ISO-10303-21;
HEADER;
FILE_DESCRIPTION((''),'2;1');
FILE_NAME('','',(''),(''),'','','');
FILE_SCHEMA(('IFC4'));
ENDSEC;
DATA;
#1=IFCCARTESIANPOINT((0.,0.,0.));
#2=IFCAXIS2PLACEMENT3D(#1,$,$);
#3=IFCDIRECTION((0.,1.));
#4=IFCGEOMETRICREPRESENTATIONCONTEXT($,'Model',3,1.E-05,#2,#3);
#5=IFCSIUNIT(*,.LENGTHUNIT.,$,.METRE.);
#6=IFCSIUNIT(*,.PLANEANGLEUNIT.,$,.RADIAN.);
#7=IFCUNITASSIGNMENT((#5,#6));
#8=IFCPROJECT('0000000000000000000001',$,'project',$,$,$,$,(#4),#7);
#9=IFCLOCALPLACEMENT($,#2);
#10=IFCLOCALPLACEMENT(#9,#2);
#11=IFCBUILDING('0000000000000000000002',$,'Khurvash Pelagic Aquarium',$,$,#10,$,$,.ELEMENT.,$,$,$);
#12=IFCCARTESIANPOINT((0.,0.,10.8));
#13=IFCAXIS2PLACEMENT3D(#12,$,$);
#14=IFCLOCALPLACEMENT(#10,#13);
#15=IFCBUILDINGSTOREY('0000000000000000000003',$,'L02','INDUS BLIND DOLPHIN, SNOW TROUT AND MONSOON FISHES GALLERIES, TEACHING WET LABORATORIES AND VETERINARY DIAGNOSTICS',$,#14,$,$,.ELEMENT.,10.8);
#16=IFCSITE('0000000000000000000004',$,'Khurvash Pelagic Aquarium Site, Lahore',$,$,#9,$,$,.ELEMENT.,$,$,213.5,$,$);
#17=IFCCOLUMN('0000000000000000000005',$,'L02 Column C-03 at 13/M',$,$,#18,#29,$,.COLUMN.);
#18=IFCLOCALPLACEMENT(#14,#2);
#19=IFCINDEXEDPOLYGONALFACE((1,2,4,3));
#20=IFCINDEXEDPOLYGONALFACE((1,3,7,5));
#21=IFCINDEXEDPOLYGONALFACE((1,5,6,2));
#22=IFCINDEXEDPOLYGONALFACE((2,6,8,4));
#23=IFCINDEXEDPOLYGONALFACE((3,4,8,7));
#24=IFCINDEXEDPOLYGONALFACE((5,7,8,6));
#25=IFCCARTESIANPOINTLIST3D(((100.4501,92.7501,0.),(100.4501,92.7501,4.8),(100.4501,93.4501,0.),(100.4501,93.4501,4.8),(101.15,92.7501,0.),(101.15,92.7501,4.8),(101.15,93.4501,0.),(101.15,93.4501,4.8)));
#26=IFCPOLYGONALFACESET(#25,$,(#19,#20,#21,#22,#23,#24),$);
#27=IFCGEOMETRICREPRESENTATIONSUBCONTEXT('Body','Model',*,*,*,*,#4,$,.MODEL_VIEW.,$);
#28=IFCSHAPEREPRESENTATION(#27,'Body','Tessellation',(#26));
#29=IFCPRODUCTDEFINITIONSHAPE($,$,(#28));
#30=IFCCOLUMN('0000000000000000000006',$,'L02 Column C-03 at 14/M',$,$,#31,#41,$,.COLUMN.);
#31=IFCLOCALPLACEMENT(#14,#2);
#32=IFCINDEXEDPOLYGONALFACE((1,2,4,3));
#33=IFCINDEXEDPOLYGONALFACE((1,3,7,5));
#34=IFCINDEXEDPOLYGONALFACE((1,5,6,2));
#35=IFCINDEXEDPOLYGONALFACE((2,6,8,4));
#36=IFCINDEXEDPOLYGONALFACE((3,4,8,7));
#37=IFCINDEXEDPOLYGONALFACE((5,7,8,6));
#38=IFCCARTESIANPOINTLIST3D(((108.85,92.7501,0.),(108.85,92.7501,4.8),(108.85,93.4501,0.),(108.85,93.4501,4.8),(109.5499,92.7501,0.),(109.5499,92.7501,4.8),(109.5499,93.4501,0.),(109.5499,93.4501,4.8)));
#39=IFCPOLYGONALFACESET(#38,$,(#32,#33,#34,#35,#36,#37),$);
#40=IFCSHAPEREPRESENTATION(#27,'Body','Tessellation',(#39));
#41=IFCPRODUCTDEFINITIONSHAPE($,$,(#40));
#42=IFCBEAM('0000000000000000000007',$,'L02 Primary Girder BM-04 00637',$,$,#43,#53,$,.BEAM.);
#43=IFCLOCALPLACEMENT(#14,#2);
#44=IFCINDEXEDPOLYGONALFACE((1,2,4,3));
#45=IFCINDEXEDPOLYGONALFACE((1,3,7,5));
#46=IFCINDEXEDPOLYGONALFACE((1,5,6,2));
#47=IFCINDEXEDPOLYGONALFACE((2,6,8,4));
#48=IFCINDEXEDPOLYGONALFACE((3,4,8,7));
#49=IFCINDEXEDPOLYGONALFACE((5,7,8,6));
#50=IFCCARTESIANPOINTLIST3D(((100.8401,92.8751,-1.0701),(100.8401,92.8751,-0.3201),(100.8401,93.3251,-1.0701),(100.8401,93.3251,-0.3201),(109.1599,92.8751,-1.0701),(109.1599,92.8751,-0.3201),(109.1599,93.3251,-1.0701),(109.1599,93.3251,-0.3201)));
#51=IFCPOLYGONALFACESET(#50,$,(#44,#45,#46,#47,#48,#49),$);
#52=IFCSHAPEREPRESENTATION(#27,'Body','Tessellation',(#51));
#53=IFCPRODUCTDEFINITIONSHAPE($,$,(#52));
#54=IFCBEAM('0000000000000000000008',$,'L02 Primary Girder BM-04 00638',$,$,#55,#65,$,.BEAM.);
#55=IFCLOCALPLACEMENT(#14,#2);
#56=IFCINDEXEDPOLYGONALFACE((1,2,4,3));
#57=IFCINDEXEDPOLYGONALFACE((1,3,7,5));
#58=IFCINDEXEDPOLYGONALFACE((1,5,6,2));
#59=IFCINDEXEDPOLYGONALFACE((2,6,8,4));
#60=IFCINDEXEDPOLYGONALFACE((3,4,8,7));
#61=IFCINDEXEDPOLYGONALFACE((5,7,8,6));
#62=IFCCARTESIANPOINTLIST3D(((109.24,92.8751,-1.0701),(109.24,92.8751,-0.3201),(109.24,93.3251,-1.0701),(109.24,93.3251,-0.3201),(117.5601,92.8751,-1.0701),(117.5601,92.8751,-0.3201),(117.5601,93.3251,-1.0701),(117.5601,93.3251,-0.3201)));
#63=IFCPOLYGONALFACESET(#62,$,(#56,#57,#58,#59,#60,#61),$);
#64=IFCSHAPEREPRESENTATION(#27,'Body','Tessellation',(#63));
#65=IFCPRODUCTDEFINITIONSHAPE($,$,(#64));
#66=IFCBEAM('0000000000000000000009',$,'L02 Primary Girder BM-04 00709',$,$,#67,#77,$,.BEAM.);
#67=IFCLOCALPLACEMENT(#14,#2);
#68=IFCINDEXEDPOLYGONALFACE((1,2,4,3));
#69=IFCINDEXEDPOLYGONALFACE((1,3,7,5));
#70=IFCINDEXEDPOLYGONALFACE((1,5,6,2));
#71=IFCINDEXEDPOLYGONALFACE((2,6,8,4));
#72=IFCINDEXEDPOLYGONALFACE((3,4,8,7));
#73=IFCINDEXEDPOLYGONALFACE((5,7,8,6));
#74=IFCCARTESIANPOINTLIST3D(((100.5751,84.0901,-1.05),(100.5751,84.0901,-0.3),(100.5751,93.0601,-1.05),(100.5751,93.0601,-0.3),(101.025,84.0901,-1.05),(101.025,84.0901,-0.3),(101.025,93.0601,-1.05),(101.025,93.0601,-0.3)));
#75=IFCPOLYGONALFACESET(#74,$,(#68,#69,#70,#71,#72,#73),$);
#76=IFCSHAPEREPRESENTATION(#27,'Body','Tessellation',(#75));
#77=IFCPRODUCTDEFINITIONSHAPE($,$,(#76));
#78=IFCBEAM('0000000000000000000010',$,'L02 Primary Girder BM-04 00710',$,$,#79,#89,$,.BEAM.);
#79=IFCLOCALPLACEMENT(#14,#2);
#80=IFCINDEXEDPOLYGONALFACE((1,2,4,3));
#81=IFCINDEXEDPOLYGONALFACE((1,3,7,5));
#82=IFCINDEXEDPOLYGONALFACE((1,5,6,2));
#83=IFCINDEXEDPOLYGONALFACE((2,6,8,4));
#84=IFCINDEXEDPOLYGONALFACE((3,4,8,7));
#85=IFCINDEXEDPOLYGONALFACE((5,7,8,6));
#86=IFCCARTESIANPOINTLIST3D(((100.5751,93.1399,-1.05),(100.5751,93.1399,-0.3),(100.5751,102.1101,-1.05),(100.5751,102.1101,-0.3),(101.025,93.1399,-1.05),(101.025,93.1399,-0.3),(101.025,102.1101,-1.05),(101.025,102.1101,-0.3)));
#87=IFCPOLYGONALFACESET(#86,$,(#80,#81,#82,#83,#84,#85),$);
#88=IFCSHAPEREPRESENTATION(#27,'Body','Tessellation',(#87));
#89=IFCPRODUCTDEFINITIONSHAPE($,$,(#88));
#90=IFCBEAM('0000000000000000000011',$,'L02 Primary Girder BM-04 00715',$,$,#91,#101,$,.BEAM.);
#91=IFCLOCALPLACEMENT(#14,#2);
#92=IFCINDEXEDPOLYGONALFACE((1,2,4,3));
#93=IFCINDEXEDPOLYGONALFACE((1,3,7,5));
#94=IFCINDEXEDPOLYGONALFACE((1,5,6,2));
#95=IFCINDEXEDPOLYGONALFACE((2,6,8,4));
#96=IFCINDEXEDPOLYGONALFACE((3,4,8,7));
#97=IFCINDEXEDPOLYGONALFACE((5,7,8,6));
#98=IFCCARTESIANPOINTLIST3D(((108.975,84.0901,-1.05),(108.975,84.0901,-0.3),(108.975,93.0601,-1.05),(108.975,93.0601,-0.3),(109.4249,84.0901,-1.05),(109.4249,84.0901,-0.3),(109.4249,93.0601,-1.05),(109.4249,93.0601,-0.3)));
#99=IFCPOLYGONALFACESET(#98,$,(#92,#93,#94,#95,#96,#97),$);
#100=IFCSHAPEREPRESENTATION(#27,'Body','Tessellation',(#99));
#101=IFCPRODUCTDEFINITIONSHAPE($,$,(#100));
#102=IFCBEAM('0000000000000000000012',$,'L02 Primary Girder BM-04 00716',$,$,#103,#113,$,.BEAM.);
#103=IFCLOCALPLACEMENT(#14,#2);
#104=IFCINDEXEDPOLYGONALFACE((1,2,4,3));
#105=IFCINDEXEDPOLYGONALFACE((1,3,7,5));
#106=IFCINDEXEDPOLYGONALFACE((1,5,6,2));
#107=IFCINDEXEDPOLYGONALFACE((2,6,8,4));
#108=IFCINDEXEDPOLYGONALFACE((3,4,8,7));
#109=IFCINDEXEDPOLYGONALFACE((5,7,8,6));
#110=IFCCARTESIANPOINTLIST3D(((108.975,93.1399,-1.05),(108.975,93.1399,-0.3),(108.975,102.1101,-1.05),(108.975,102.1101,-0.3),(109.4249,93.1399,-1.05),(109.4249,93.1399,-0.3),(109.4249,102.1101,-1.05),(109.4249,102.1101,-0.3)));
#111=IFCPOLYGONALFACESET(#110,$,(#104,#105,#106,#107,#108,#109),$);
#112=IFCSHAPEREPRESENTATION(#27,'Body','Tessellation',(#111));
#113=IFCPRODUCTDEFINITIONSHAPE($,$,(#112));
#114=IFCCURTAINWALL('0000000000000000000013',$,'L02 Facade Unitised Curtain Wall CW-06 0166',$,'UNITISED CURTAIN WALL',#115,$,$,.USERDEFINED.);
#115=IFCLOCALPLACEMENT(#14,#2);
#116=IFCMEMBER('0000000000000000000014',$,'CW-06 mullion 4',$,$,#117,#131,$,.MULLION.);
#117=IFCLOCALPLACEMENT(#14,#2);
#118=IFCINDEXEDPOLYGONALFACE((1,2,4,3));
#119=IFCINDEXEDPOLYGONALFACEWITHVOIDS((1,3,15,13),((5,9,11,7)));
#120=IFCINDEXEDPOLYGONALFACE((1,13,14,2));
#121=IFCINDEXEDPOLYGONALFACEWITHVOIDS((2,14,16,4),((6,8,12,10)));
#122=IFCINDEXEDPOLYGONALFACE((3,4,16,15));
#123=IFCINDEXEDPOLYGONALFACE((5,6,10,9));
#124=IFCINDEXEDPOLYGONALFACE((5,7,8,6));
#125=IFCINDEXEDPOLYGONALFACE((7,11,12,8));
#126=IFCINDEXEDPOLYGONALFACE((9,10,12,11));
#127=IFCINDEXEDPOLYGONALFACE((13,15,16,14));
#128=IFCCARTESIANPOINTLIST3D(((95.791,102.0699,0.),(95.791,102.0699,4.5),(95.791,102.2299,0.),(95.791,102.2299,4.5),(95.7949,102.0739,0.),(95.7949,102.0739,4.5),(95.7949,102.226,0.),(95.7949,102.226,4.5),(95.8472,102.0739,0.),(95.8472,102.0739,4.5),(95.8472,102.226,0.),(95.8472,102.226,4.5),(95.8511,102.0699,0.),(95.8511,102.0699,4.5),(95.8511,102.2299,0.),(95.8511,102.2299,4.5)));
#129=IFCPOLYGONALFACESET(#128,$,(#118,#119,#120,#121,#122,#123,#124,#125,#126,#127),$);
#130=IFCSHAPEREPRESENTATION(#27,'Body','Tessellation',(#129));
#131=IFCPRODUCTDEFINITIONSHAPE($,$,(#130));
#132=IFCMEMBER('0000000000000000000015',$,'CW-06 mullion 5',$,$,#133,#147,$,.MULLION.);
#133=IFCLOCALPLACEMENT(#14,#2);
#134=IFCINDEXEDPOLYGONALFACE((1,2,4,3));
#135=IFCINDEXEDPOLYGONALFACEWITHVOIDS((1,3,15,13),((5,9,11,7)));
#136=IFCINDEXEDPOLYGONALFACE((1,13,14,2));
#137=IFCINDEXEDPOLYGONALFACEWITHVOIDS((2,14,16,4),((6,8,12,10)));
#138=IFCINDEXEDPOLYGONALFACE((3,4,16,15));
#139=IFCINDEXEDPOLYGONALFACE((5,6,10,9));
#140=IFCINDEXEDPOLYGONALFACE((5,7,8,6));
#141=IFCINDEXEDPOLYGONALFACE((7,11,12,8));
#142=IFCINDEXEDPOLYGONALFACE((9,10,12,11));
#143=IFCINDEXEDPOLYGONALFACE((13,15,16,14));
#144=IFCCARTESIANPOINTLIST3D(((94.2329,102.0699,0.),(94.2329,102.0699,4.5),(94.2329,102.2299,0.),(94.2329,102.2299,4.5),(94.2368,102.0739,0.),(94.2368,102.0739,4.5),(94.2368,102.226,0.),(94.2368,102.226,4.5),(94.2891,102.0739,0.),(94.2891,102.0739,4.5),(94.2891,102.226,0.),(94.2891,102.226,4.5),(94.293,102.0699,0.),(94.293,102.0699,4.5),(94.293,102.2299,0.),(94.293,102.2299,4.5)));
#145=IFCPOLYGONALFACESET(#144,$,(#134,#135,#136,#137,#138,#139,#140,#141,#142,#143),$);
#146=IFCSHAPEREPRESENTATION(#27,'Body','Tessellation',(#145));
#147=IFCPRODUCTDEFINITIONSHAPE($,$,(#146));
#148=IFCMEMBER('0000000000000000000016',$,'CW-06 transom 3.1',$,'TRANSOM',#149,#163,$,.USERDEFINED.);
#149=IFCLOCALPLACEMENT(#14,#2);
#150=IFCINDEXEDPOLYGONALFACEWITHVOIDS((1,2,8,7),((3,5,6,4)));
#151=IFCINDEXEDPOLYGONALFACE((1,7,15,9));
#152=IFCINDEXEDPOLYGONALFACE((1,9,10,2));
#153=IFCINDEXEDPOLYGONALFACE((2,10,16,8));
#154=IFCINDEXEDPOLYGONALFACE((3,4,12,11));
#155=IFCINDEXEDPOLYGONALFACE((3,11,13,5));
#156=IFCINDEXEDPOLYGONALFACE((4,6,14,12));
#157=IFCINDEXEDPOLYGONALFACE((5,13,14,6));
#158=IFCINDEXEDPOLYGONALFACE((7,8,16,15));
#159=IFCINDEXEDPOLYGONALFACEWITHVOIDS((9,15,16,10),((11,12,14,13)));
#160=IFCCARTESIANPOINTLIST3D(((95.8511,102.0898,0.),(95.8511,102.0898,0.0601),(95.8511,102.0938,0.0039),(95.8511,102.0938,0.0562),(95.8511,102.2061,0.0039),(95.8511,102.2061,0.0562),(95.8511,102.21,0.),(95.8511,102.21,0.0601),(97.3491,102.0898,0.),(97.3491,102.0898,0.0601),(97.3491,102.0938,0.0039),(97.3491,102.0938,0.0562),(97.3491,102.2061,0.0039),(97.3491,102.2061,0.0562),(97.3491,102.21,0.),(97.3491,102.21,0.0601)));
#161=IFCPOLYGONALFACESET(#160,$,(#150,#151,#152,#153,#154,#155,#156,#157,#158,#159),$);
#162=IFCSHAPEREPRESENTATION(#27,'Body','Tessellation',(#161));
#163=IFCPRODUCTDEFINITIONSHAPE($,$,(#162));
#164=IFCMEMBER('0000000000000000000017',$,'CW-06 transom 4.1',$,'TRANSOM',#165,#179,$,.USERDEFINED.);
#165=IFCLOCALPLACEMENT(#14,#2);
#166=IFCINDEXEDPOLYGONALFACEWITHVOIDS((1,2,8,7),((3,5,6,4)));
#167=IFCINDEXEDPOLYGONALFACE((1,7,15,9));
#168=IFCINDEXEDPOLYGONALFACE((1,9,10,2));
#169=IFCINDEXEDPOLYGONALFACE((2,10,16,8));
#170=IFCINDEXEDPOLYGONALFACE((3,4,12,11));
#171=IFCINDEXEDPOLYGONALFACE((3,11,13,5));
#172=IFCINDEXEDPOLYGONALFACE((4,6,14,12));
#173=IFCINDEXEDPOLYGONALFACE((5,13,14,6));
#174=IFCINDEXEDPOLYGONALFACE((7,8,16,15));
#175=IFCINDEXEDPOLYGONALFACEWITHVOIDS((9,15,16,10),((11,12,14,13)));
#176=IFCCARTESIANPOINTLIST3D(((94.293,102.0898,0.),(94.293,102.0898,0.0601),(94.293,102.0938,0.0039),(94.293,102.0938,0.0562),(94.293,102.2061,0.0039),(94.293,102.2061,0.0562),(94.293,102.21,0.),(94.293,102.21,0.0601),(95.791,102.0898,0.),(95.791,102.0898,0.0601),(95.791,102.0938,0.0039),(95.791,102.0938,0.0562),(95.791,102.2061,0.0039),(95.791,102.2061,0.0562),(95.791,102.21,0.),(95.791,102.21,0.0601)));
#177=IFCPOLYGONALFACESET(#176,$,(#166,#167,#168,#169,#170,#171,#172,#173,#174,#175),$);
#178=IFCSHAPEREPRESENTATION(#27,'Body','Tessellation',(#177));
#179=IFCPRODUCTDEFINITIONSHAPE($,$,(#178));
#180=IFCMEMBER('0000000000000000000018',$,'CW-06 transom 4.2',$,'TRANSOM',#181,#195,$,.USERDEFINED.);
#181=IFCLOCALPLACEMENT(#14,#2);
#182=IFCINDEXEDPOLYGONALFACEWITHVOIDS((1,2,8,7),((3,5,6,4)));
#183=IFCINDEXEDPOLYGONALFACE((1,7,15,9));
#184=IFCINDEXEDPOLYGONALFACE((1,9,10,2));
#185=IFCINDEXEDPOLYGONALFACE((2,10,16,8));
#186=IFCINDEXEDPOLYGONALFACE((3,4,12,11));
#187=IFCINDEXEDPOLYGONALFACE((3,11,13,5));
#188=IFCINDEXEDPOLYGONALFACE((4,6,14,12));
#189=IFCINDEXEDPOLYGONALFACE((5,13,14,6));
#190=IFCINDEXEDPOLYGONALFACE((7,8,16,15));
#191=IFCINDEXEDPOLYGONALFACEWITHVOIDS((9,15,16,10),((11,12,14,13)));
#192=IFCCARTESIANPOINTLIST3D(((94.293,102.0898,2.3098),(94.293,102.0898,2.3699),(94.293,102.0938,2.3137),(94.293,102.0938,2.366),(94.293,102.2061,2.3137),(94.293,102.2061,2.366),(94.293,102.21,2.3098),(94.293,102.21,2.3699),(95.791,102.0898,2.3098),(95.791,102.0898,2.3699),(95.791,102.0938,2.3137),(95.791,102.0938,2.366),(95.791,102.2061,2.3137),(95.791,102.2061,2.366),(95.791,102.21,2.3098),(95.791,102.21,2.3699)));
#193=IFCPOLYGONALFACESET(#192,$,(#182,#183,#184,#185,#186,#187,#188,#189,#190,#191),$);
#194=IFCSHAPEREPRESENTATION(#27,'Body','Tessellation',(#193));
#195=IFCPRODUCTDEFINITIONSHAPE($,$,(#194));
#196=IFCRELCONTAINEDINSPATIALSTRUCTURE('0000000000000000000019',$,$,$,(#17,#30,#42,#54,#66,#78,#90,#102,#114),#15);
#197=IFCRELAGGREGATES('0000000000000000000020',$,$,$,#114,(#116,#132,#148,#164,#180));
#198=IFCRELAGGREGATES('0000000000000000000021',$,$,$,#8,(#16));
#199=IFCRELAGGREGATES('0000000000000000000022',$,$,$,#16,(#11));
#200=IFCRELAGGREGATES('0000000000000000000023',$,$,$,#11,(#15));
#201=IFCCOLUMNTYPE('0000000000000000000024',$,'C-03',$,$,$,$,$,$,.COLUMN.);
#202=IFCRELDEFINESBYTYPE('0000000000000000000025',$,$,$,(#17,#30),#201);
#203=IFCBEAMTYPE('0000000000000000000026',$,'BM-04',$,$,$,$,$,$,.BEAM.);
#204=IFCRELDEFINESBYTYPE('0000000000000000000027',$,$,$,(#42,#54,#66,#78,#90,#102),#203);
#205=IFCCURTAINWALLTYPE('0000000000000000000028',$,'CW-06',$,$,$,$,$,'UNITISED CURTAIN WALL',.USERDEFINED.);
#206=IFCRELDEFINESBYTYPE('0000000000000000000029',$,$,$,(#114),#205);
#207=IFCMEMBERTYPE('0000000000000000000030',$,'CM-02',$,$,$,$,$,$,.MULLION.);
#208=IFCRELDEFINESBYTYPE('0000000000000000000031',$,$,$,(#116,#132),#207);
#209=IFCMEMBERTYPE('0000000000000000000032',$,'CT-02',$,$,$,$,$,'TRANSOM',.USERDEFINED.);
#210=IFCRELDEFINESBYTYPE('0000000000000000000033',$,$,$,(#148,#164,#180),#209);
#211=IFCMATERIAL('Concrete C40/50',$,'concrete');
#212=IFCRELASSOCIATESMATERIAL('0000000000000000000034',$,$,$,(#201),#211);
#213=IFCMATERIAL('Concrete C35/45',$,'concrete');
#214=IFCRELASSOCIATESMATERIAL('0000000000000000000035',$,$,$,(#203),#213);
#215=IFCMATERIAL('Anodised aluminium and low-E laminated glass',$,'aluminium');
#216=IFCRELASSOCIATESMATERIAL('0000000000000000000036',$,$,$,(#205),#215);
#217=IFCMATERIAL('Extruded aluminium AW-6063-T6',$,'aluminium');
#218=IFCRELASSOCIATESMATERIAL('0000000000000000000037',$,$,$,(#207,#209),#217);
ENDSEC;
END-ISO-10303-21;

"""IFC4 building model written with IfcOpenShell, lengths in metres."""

from ifc_helpers import new_model, si_unit, direction, frame, origin, origin_2d, place, context, subcontext, project, spatial, rectangle, hollow_rectangle, extrude, material, material_profile, profile_set, type_object, element, aggregate, save


model = new_model("IFC4")

# Units and contexts
model_context = context("Model", 3, precision=1e-05, world=origin(), true_north=direction((0.0, 1.0)))
body_context = subcontext(model_context, "Body", "Model", "MODEL_VIEW")
ifc_project = project(units=[si_unit("LENGTHUNIT", "METRE"), si_unit("PLANEANGLEUNIT", "RADIAN")], contexts=[model_context])

# Site, building, storey
site_placement = place(None, origin())
site = spatial("IfcSite", under=ifc_project, at=site_placement, Name="Khurvash Pelagic Aquarium Site, Lahore", CompositionType="ELEMENT", RefElevation=213.5)
building_placement = place(site_placement, origin())
building = spatial("IfcBuilding", under=site, at=building_placement, Name="Khurvash Pelagic Aquarium", CompositionType="ELEMENT")
storey_placement = place(building_placement, frame((0.0, 0.0, 10.8)))
storey = spatial("IfcBuildingStorey", under=building, at=storey_placement, Name="L02", Description="INDUS BLIND DOLPHIN, SNOW TROUT AND MONSOON FISHES GALLERIES, TEACHING WET LABORATORIES AND VETERINARY DIAGNOSTICS", CompositionType="ELEMENT", Elevation=10.8)

# Columns
ifc_material_1 = material(Name="Concrete C40/50", Category="concrete")
ifc_material_profile_1 = material_profile(ifc_material_1, rectangle(XDim=0.7, YDim=0.7, at=origin_2d()), Name="RC700X700")
ifc_profile_set_1 = profile_set([ifc_material_profile_1], Name="Concrete C40/50")
column_type = type_object("IfcColumnType", Name="C-03", PredefinedType="COLUMN", material=ifc_profile_set_1)
for number, where, z_axis, x_axis, name in (
    (1, (100.8, 93.1001, 0.0), (0.0, 0.0, 1.0), (1.0, 0.0, 0.0), "L02 Column C-03 at 13/M"),
    (2, (109.2, 93.1001, 0.0), (0.0, 0.0, 1.0), (1.0, 0.0, 0.0), "L02 Column C-03 at 14/M"),
):
    element("IfcColumn", number, at=place(storey_placement, frame(where, z_axis=z_axis, x_axis=x_axis)), inside=storey, type_object=column_type, Name=name, PredefinedType="COLUMN", context=body_context, shape_type="SweptSolid", body=[
        extrude(rectangle(XDim=0.7, YDim=0.7, at=origin_2d()), origin(), (0.0, 0.0, 1.0), 4.8),
    ])

# Beams
ifc_material_2 = material(Name="Concrete C35/45", Category="concrete")
ifc_material_profile_2 = material_profile(ifc_material_2, rectangle(XDim=0.45, YDim=0.75, at=origin_2d()), Name="RC450X750")
ifc_profile_set_2 = profile_set([ifc_material_profile_2], Name="Concrete C35/45")
beam_type_1 = type_object("IfcBeamType", Name="BM-04", PredefinedType="BEAM", material=ifc_profile_set_2)
beam_1_placement = place(storey_placement, frame((100.8401, 93.1001, -0.6951), z_axis=(1.0, 0.0, 0.0), x_axis=(0.0, 1.0, 0.0)))
element("IfcBeam", 3, at=beam_1_placement, inside=storey, type_object=beam_type_1, Name="L02 Primary Girder BM-04 00637", PredefinedType="BEAM", context=body_context, shape_type="SweptSolid", body=[
    extrude(rectangle(XDim=0.45, YDim=0.75, at=origin_2d()), origin(), (0.0, 0.0, 1.0), 8.3198),
])
beam_2_placement = place(storey_placement, frame((109.24, 93.1001, -0.6951), z_axis=(1.0, 0.0, 0.0), x_axis=(0.0, 1.0, 0.0)))
element("IfcBeam", 4, at=beam_2_placement, inside=storey, type_object=beam_type_1, Name="L02 Primary Girder BM-04 00638", PredefinedType="BEAM", context=body_context, shape_type="SweptSolid", body=[
    extrude(rectangle(XDim=0.45, YDim=0.75, at=origin_2d()), origin(), (0.0, 0.0, 1.0), 8.3201),
])
beam_3_placement = place(storey_placement, frame((100.8, 84.0901, -0.675), z_axis=(0.0, 1.0, 0.0), x_axis=(-1.0, 0.0, 0.0)))
element("IfcBeam", 5, at=beam_3_placement, inside=storey, type_object=beam_type_1, Name="L02 Primary Girder BM-04 00709", PredefinedType="BEAM", context=body_context, shape_type="SweptSolid", body=[
    extrude(rectangle(XDim=0.45, YDim=0.75, at=origin_2d()), origin(), (0.0, 0.0, 1.0), 8.97),
])
beam_4_placement = place(storey_placement, frame((100.8, 93.1399, -0.675), z_axis=(0.0, 1.0, 0.0), x_axis=(-1.0, 0.0, 0.0)))
element("IfcBeam", 6, at=beam_4_placement, inside=storey, type_object=beam_type_1, Name="L02 Primary Girder BM-04 00710", PredefinedType="BEAM", context=body_context, shape_type="SweptSolid", body=[
    extrude(rectangle(XDim=0.45, YDim=0.75, at=origin_2d()), origin(), (0.0, 0.0, 1.0), 8.9702),
])
beam_5_placement = place(storey_placement, frame((109.2, 84.0901, -0.675), z_axis=(0.0, 1.0, 0.0), x_axis=(-1.0, 0.0, 0.0)))
element("IfcBeam", 7, at=beam_5_placement, inside=storey, type_object=beam_type_1, Name="L02 Primary Girder BM-04 00715", PredefinedType="BEAM", context=body_context, shape_type="SweptSolid", body=[
    extrude(rectangle(XDim=0.45, YDim=0.75, at=origin_2d()), origin(), (0.0, 0.0, 1.0), 8.97),
])
beam_6_placement = place(storey_placement, frame((109.2, 93.1399, -0.675), z_axis=(0.0, 1.0, 0.0), x_axis=(-1.0, 0.0, 0.0)))
element("IfcBeam", 8, at=beam_6_placement, inside=storey, type_object=beam_type_1, Name="L02 Primary Girder BM-04 00716", PredefinedType="BEAM", context=body_context, shape_type="SweptSolid", body=[
    extrude(rectangle(XDim=0.45, YDim=0.75, at=origin_2d()), origin(), (0.0, 0.0, 1.0), 8.9702),
])

# Curtain wall, members
ifc_material_3 = material(Name="Anodised aluminium and low-E laminated glass", Category="aluminium")
curtain_wall_type = type_object("IfcCurtainWallType", Name="CW-06", ElementType="UNITISED CURTAIN WALL", PredefinedType="USERDEFINED", material=ifc_material_3)
curtain_wall_placement = place(storey_placement, origin())
curtain_wall = element("IfcCurtainWall", 9, at=curtain_wall_placement, inside=storey, type_object=curtain_wall_type, Name="L02 Facade Unitised Curtain Wall CW-06 0166", ObjectType="UNITISED CURTAIN WALL", PredefinedType="USERDEFINED")
ifc_material_4 = material(Name="Extruded aluminium AW-6063-T6", Category="aluminium")
ifc_material_profile_3 = material_profile(ifc_material_4, hollow_rectangle(XDim=0.0601, YDim=0.1599, WallThickness=0.0039, at=origin_2d()), Name="CWM60X160X4")
ifc_profile_set_3 = profile_set([ifc_material_profile_3], Name="Extruded aluminium AW-6063-T6")
member_type_1 = type_object("IfcMemberType", Name="CM-02", PredefinedType="MULLION", material=ifc_profile_set_3)
member_1_placement = place(storey_placement, frame((95.821, 102.1499, 0.0), z_axis=(0.0, 0.0, 1.0), x_axis=(-1.0, 0.0, 0.0)))
member_1 = element("IfcMember", 10, at=member_1_placement, type_object=member_type_1, Name="CW-06 mullion 4", PredefinedType="MULLION", context=body_context, shape_type="SweptSolid", body=[
    extrude(hollow_rectangle(XDim=0.0601, YDim=0.1599, WallThickness=0.0039, at=origin_2d()), origin(), (0.0, 0.0, 1.0), 4.5),
])
member_2_placement = place(storey_placement, frame((94.2629, 102.1499, 0.0), z_axis=(0.0, 0.0, 1.0), x_axis=(-1.0, 0.0, 0.0)))
member_2 = element("IfcMember", 11, at=member_2_placement, type_object=member_type_1, Name="CW-06 mullion 5", PredefinedType="MULLION", context=body_context, shape_type="SweptSolid", body=[
    extrude(hollow_rectangle(XDim=0.0601, YDim=0.1599, WallThickness=0.0039, at=origin_2d()), origin(), (0.0, 0.0, 1.0), 4.5),
])
ifc_material_profile_4 = material_profile(ifc_material_4, hollow_rectangle(XDim=0.1201, YDim=0.0601, WallThickness=0.0039, at=origin_2d()), Name="CWT120X60X4")
ifc_profile_set_4 = profile_set([ifc_material_profile_4], Name="Extruded aluminium AW-6063-T6")
member_type_2 = type_object("IfcMemberType", Name="CT-02", ElementType="TRANSOM", PredefinedType="USERDEFINED", material=ifc_profile_set_4)
member_3_placement = place(storey_placement, frame((97.3491, 102.1499, 0.03), z_axis=(-1.0, 0.0, 0.0), x_axis=(0.0, -1.0, 0.0)))
member_3 = element("IfcMember", 12, at=member_3_placement, type_object=member_type_2, Name="CW-06 transom 3.1", ObjectType="TRANSOM", PredefinedType="USERDEFINED", context=body_context, shape_type="SweptSolid", body=[
    extrude(hollow_rectangle(XDim=0.1201, YDim=0.0601, WallThickness=0.0039, at=origin_2d()), origin(), (0.0, 0.0, 1.0), 1.498),
])
member_4_placement = place(storey_placement, frame((95.791, 102.1499, 0.03), z_axis=(-1.0, 0.0, 0.0), x_axis=(0.0, -1.0, 0.0)))
member_4 = element("IfcMember", 13, at=member_4_placement, type_object=member_type_2, Name="CW-06 transom 4.1", ObjectType="TRANSOM", PredefinedType="USERDEFINED", context=body_context, shape_type="SweptSolid", body=[
    extrude(hollow_rectangle(XDim=0.1201, YDim=0.0601, WallThickness=0.0039, at=origin_2d()), origin(), (0.0, 0.0, 1.0), 1.498),
])
member_5_placement = place(storey_placement, frame((95.791, 102.1499, 2.3398), z_axis=(-1.0, 0.0, 0.0), x_axis=(0.0, -1.0, 0.0)))
member_5 = element("IfcMember", 14, at=member_5_placement, type_object=member_type_2, Name="CW-06 transom 4.2", ObjectType="TRANSOM", PredefinedType="USERDEFINED", context=body_context, shape_type="SweptSolid", body=[
    extrude(hollow_rectangle(XDim=0.1201, YDim=0.0601, WallThickness=0.0039, at=origin_2d()), origin(), (0.0, 0.0, 1.0), 1.498),
])

aggregate(curtain_wall, [member_1, member_2, member_3, member_4, member_5])

save(model, "model.ifc")
